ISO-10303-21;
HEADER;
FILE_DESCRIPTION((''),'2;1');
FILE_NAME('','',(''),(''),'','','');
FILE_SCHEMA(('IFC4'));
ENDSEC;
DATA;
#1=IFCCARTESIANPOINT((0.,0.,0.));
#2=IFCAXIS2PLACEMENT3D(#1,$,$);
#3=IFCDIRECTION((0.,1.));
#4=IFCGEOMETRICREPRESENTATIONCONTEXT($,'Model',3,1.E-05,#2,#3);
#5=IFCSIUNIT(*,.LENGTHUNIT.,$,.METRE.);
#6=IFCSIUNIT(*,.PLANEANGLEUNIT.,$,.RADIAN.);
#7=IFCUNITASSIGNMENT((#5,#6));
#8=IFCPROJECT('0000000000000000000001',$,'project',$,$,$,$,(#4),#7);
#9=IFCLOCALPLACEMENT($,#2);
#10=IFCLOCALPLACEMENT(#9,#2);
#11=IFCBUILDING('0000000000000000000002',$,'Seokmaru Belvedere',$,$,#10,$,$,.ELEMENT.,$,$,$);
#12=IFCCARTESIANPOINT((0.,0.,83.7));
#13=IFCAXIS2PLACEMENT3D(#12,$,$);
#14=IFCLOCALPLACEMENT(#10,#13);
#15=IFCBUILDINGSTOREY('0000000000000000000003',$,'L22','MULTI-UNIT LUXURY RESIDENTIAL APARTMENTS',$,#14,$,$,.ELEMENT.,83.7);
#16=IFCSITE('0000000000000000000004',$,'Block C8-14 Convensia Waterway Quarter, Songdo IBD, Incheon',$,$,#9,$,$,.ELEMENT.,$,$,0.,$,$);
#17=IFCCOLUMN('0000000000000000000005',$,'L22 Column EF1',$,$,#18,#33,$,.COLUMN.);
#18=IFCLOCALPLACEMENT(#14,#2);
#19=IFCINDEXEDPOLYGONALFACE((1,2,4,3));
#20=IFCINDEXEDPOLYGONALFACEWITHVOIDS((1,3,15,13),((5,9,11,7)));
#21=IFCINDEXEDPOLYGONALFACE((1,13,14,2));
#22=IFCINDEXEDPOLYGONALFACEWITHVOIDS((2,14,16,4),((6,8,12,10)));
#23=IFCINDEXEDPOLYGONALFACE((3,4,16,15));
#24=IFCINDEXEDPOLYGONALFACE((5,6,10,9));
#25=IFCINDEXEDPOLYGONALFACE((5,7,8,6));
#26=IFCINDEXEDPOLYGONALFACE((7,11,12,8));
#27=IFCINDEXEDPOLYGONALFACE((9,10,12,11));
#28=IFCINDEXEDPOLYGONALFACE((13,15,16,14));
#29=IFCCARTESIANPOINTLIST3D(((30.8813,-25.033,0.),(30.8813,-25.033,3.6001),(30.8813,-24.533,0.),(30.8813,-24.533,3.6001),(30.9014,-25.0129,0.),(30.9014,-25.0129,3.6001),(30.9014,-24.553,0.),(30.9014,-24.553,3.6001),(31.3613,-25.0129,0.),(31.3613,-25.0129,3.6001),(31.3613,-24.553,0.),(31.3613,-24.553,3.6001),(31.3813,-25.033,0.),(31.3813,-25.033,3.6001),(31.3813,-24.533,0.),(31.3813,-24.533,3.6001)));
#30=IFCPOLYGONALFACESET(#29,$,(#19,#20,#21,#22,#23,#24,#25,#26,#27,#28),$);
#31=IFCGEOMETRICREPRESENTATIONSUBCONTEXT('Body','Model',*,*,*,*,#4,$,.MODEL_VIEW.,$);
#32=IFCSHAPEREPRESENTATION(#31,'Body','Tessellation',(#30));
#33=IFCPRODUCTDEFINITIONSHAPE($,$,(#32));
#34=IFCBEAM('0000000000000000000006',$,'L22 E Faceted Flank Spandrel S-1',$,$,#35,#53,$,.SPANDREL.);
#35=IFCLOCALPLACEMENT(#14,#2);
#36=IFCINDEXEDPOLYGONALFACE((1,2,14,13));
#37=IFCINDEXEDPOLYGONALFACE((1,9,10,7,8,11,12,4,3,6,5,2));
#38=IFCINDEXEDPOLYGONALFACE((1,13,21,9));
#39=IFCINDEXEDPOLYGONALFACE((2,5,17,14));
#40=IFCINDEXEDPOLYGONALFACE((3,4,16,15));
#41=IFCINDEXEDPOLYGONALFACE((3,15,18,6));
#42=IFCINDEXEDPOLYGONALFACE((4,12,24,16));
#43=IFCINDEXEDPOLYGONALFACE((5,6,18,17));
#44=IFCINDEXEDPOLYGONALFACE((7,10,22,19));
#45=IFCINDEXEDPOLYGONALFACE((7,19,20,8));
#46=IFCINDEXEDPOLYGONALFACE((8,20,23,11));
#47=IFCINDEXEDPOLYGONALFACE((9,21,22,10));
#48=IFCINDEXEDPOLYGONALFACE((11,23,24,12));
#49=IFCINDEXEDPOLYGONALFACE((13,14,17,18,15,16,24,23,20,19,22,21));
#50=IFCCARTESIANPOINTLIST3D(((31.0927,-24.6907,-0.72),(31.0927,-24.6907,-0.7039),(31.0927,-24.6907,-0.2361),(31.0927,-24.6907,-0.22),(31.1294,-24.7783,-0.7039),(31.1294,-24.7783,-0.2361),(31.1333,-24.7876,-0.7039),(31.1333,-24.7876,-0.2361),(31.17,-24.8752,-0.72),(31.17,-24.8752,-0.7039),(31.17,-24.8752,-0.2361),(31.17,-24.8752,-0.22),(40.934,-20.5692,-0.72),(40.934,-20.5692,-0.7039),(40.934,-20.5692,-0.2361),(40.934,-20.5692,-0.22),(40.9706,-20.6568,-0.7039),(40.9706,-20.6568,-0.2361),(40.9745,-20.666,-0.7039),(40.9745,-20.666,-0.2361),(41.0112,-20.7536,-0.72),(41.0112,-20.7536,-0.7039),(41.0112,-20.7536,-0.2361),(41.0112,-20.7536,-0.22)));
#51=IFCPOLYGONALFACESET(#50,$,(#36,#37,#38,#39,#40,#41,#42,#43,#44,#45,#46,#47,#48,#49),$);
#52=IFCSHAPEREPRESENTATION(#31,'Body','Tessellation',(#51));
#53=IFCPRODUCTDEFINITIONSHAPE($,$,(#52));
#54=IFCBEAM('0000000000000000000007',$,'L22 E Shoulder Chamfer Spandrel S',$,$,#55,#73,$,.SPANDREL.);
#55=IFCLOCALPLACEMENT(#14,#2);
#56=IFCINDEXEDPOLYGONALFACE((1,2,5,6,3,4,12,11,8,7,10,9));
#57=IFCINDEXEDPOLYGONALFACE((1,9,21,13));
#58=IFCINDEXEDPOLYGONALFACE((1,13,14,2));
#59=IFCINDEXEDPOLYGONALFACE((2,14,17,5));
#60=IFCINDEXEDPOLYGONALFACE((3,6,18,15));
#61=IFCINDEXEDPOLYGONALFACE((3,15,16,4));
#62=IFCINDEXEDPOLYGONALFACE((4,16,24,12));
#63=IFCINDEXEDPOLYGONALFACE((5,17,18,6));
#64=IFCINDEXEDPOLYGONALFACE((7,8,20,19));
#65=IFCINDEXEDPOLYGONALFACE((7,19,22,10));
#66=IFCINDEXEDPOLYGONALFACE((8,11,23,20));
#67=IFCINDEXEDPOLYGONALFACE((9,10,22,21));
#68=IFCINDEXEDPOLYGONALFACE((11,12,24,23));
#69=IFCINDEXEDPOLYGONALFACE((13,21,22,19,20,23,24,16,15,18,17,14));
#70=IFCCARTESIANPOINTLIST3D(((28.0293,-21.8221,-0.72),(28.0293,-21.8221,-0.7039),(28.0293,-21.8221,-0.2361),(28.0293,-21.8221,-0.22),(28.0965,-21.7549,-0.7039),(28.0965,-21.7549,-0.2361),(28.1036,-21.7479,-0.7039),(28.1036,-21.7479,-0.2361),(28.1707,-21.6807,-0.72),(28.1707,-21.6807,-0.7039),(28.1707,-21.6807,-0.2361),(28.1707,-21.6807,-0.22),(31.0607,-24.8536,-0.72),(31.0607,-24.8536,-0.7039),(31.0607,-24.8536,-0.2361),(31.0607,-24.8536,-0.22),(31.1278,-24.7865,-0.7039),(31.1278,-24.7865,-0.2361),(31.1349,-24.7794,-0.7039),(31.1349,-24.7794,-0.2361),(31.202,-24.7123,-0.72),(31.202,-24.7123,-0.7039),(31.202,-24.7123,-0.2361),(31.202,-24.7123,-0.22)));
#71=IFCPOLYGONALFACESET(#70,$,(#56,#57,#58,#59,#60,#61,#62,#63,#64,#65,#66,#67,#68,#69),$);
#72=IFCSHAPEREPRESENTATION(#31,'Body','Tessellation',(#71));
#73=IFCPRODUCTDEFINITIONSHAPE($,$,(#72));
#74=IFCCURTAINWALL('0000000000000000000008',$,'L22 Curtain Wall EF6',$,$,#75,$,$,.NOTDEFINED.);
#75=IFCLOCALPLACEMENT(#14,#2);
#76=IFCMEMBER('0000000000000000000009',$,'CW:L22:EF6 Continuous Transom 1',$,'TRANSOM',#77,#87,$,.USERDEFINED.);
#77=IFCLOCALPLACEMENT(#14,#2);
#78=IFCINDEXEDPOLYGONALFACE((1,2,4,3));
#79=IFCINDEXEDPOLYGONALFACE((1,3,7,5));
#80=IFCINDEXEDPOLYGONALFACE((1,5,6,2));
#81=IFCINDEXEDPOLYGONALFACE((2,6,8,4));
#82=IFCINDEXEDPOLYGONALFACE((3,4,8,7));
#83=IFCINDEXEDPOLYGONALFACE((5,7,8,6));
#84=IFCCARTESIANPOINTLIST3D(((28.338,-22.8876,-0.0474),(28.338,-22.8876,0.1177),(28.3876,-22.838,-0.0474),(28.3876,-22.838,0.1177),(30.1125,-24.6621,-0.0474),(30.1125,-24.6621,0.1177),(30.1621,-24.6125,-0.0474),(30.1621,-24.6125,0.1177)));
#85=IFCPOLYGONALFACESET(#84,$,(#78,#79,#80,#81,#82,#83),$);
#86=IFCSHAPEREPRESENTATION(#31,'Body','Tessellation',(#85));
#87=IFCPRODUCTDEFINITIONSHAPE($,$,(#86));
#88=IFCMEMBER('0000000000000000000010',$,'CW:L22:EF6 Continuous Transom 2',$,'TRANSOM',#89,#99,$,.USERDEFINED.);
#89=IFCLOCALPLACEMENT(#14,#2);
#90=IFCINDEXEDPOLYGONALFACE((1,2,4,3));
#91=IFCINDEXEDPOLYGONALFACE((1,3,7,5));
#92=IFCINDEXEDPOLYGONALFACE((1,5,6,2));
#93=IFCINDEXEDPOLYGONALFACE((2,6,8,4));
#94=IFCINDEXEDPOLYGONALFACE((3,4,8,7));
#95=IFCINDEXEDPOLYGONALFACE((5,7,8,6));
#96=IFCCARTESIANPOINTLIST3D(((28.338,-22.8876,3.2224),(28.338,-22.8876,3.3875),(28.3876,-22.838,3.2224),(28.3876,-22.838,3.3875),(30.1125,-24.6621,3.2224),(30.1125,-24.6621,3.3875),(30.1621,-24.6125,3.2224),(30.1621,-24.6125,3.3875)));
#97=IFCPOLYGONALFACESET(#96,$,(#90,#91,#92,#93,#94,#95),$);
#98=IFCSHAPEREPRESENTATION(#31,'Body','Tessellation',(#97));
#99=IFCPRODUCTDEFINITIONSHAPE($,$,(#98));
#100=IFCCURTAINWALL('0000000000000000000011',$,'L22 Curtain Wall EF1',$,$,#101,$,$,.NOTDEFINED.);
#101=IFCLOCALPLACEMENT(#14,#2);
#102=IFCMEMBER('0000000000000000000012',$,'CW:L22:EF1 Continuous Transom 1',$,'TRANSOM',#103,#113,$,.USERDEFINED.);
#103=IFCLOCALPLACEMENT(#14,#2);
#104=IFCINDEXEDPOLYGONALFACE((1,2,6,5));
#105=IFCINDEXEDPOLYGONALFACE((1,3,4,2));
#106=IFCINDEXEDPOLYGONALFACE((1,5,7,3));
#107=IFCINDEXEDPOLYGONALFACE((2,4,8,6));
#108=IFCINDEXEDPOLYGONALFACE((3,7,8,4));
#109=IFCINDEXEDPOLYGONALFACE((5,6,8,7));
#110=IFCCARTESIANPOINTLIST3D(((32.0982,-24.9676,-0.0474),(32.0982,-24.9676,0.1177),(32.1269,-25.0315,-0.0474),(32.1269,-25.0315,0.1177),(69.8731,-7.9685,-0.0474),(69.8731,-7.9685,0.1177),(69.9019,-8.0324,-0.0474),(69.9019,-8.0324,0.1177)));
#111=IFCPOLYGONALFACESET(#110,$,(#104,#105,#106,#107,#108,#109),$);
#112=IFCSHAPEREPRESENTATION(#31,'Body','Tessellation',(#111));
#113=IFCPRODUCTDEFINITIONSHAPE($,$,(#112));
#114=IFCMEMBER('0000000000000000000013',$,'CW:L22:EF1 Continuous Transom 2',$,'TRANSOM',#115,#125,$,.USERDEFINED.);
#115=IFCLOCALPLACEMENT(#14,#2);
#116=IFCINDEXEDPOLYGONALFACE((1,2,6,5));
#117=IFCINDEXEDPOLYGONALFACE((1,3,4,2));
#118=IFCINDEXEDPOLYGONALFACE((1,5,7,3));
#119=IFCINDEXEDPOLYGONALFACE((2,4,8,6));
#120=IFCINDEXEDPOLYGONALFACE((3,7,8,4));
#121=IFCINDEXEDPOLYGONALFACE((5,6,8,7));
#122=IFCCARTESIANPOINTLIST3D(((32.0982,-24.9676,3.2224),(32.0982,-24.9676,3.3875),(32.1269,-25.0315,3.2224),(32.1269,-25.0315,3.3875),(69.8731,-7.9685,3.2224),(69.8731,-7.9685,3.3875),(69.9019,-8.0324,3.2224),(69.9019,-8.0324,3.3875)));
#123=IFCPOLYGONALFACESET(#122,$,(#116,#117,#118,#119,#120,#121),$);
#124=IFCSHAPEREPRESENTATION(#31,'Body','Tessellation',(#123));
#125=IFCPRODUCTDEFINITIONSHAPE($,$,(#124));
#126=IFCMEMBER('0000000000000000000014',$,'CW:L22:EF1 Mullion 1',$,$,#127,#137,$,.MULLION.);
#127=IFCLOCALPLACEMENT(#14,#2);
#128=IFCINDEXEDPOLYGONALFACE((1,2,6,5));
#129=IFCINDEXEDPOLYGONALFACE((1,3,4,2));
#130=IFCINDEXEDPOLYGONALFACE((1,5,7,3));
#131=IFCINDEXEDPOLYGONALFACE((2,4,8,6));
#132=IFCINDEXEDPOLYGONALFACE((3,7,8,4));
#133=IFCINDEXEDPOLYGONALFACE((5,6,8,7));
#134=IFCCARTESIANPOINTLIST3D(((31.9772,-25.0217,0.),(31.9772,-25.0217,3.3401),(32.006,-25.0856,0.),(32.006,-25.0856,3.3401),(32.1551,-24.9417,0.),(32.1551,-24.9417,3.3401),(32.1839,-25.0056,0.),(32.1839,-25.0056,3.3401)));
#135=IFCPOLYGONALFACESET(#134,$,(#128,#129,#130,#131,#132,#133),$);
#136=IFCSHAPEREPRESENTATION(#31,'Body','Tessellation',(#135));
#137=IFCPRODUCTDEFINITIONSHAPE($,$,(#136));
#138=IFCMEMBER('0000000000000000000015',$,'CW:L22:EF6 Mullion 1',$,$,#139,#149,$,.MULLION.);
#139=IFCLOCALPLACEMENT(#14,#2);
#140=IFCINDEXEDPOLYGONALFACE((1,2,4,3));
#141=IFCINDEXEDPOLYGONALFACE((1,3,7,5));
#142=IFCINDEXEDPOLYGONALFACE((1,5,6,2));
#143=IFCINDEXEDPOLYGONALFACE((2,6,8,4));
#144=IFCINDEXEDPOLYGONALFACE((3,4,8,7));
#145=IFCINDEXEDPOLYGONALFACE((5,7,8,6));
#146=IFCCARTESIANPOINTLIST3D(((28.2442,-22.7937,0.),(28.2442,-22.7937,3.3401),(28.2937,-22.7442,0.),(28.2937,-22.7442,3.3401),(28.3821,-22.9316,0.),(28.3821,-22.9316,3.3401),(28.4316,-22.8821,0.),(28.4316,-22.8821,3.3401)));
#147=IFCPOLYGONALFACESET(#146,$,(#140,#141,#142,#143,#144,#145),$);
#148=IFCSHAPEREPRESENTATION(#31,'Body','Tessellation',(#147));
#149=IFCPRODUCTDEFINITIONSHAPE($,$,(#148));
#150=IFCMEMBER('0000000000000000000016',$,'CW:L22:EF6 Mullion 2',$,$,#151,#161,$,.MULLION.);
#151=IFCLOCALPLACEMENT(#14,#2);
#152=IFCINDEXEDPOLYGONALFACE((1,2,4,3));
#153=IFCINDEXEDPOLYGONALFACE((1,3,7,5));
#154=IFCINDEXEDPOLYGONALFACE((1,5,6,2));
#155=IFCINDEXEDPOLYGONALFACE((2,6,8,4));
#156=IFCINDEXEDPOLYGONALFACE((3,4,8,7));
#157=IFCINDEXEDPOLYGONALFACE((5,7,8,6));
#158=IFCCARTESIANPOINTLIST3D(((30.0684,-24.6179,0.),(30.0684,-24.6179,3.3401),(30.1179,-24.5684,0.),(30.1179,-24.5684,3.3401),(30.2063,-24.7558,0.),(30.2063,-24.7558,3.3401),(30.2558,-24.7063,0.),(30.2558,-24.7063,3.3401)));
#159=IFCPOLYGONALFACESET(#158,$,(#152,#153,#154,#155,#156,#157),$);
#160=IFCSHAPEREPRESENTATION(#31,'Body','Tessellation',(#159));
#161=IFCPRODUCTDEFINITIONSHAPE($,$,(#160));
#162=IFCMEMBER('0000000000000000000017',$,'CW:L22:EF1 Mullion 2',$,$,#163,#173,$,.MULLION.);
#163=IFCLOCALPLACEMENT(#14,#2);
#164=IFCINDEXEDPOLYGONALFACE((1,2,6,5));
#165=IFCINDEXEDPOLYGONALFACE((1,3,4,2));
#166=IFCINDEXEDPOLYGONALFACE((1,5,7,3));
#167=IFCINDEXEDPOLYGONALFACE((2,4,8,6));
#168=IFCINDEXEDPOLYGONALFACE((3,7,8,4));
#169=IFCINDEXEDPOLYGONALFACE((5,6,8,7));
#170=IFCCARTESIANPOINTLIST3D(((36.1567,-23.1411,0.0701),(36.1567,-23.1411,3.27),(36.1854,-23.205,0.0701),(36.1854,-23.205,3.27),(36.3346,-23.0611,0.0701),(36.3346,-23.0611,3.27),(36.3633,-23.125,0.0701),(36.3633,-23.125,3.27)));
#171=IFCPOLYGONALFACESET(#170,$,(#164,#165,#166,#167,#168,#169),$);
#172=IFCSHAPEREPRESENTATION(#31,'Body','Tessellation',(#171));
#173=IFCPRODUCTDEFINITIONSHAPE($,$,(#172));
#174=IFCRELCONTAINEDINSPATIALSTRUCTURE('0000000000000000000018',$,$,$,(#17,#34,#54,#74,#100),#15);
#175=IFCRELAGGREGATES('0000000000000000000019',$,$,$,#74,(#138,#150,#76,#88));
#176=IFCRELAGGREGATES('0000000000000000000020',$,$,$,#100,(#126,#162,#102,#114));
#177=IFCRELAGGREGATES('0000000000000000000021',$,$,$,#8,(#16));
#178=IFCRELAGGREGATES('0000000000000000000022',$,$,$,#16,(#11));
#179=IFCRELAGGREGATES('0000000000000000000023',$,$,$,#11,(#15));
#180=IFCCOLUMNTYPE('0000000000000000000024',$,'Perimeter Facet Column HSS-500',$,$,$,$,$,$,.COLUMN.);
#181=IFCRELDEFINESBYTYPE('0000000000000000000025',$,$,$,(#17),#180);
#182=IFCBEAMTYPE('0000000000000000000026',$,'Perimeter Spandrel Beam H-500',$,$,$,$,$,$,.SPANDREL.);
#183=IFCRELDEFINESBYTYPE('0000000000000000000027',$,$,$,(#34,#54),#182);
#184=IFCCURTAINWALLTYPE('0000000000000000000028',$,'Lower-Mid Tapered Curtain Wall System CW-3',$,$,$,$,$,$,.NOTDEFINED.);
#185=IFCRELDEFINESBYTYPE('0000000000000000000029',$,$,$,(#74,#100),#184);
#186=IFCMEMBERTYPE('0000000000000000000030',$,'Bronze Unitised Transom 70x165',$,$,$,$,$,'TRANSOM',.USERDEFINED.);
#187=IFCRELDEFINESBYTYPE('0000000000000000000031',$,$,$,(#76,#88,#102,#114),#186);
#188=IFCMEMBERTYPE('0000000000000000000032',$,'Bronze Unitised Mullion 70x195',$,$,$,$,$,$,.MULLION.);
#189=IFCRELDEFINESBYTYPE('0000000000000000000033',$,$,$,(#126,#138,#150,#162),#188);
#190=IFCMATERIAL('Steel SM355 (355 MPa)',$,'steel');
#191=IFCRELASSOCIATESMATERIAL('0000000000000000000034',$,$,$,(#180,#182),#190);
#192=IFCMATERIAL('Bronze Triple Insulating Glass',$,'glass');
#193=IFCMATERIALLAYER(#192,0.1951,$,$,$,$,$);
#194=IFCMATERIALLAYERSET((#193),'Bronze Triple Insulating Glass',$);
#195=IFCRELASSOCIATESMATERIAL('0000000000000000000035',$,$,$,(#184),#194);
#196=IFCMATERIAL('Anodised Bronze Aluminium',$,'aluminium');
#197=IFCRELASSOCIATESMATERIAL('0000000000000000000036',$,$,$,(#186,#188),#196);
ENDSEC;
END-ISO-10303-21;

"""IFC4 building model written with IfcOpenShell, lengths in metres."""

from ifc_helpers import new_model, si_unit, direction, frame, origin, origin_2d, place, context, subcontext, project, spatial, rectangle, hollow_rectangle, i_section, extrude, source, transform, mapped, material, layer, layer_set, material_profile, profile_set, type_object, type_shapes, element, aggregate, save


model = new_model("IFC4")

# Units and contexts
model_context = context("Model", 3, precision=1e-05, world=origin(), true_north=direction((0.0, 1.0)))
body_context = subcontext(model_context, "Body", "Model", "MODEL_VIEW")
ifc_project = project(units=[si_unit("LENGTHUNIT", "METRE"), si_unit("PLANEANGLEUNIT", "RADIAN")], contexts=[model_context])

# Site, building, storey
site_placement = place(None, origin())
site = spatial("IfcSite", under=ifc_project, at=site_placement, Name="Block C8-14 Convensia Waterway Quarter, Songdo IBD, Incheon", CompositionType="ELEMENT", RefElevation=0.0)
building_placement = place(site_placement, origin())
building = spatial("IfcBuilding", under=site, at=building_placement, Name="Seokmaru Belvedere", CompositionType="ELEMENT")
storey_placement = place(building_placement, frame((0.0, 0.0, 83.7)))
storey = spatial("IfcBuildingStorey", under=building, at=storey_placement, Name="L22", Description="MULTI-UNIT LUXURY RESIDENTIAL APARTMENTS", CompositionType="ELEMENT", Elevation=83.7)

# Column
ifc_material_1 = material(Name="Steel SM355 (355 MPa)", Category="steel")
ifc_material_profile_1 = material_profile(ifc_material_1, hollow_rectangle(XDim=0.5, YDim=0.5, WallThickness=0.02, at=origin_2d()), Name="HSS-500x500x20")
ifc_profile_set_1 = profile_set([ifc_material_profile_1], Name="Steel SM355 (355 MPa)")
column_type = type_object("IfcColumnType", Name="Perimeter Facet Column HSS-500", PredefinedType="COLUMN", material=ifc_profile_set_1)
shared_shape_1 = source(origin(), body_context, "Body", "SweptSolid", [
    extrude(hollow_rectangle(XDim=0.5, YDim=0.5, WallThickness=0.02, at=origin_2d()), origin(), (0.0, 0.0, 1.0), 3.6001),
])
type_shapes(column_type, [shared_shape_1])
column_placement = place(storey_placement, frame((31.1313, -24.783, 0.0), z_axis=(0.0, 0.0, 1.0), x_axis=(1.0, 0.0, 0.0)))
element("IfcColumn", 1, at=column_placement, inside=storey, type_object=column_type, Name="L22 Column EF1", PredefinedType="COLUMN", context=body_context, shape_type="MappedRepresentation", body=[
    mapped(shared_shape_1, transform((0.0, 0.0, 0.0), scale=1.0)),
])

# Beams
ifc_material_profile_2 = material_profile(ifc_material_1, i_section(OverallWidth=0.2, OverallDepth=0.5, WebThickness=0.01, FlangeThickness=0.0161, at=origin_2d()), Name="H-500x200x10x16")
ifc_profile_set_2 = profile_set([ifc_material_profile_2], Name="Steel SM355 (355 MPa)")
beam_type = type_object("IfcBeamType", Name="Perimeter Spandrel Beam H-500", PredefinedType="SPANDREL", material=ifc_profile_set_2)
shared_shape_2 = source(origin(), body_context, "Body", "SweptSolid", [
    extrude(i_section(OverallWidth=0.2, OverallDepth=0.5, WebThickness=0.01, FlangeThickness=0.0161, at=origin_2d()), origin(), (0.0, 0.0, 1.0), 10.6694),
])
beam_1_placement = place(storey_placement, frame((31.1313, -24.783, -0.47), z_axis=(0.922375, 0.386295, 0.0), x_axis=(-0.386295, 0.922375, 0.0)))
element("IfcBeam", 2, at=beam_1_placement, inside=storey, type_object=beam_type, Name="L22 E Faceted Flank Spandrel S-1", PredefinedType="SPANDREL", context=body_context, shape_type="MappedRepresentation", body=[
    mapped(shared_shape_2, transform((0.0, 0.0, 0.0), scale=1.0)),
])
shared_shape_3 = source(origin(), body_context, "Body", "SweptSolid", [
    extrude(i_section(OverallWidth=0.2, OverallDepth=0.5, WebThickness=0.01, FlangeThickness=0.0161, at=origin_2d()), origin(), (0.0, 0.0, 1.0), 4.2871),
])
type_shapes(beam_type, [shared_shape_2, shared_shape_3])
beam_2_placement = place(storey_placement, frame((31.1313, -24.783, -0.47), z_axis=(-0.707078, 0.707135, 0.0), x_axis=(-0.707135, -0.707078, 0.0)))
element("IfcBeam", 3, at=beam_2_placement, inside=storey, type_object=beam_type, Name="L22 E Shoulder Chamfer Spandrel S", PredefinedType="SPANDREL", context=body_context, shape_type="MappedRepresentation", body=[
    mapped(shared_shape_3, transform((0.0, 0.0, 0.0), scale=1.0)),
])

# Curtain walls, members
ifc_material_2 = material(Name="Bronze Triple Insulating Glass", Category="glass")
ifc_layer_1 = layer(ifc_material_2, 0.1951)
ifc_layer_set_1 = layer_set([ifc_layer_1], Name="Bronze Triple Insulating Glass")
curtain_wall_type = type_object("IfcCurtainWallType", Name="Lower-Mid Tapered Curtain Wall System CW-3", PredefinedType="NOTDEFINED", material=ifc_layer_set_1)
curtain_wall_1_placement = place(storey_placement, origin())
curtain_wall_1 = element("IfcCurtainWall", 4, at=curtain_wall_1_placement, inside=storey, type_object=curtain_wall_type, Name="L22 Curtain Wall EF6", PredefinedType="NOTDEFINED")
ifc_material_3 = material(Name="Anodised Bronze Aluminium", Category="aluminium")
ifc_material_profile_3 = material_profile(ifc_material_3, rectangle(XDim=0.0701, YDim=0.165, at=origin_2d()), Name="CW-T-70x165")
ifc_profile_set_3 = profile_set([ifc_material_profile_3], Name="Anodised Bronze Aluminium")
member_type_1 = type_object("IfcMemberType", Name="Bronze Unitised Transom 70x165", ElementType="TRANSOM", PredefinedType="USERDEFINED", material=ifc_profile_set_3)
shared_shape_4 = source(origin(), body_context, "Body", "SweptSolid", [
    extrude(rectangle(XDim=0.0701, YDim=0.165, at=origin_2d()), origin(), (0.0, 0.0, 1.0), 2.5095),
])
member_1_placement = place(storey_placement, frame((28.3628, -22.8628, 0.0352), z_axis=(0.707107, -0.707107, 0.0), x_axis=(0.707107, 0.707107, 0.0)))
member_1 = element("IfcMember", 5, at=member_1_placement, type_object=member_type_1, Name="CW:L22:EF6 Continuous Transom 1", ObjectType="TRANSOM", PredefinedType="USERDEFINED", context=body_context, shape_type="MappedRepresentation", body=[
    mapped(shared_shape_4, transform((0.0, 0.0, 0.0), scale=1.0)),
])
member_2_placement = place(storey_placement, frame((28.3628, -22.8628, 3.3049), z_axis=(0.707107, -0.707107, 0.0), x_axis=(0.707107, 0.707107, 0.0)))
member_2 = element("IfcMember", 6, at=member_2_placement, type_object=member_type_1, Name="CW:L22:EF6 Continuous Transom 2", ObjectType="TRANSOM", PredefinedType="USERDEFINED", context=body_context, shape_type="MappedRepresentation", body=[
    mapped(shared_shape_4, transform((0.0, 0.0, 0.0), scale=1.0)),
])
curtain_wall_2_placement = place(storey_placement, origin())
curtain_wall_2 = element("IfcCurtainWall", 7, at=curtain_wall_2_placement, inside=storey, type_object=curtain_wall_type, Name="L22 Curtain Wall EF1", PredefinedType="NOTDEFINED")
shared_shape_5 = source(origin(), body_context, "Body", "SweptSolid", [
    extrude(rectangle(XDim=0.0701, YDim=0.165, at=origin_2d()), origin(), (0.0, 0.0, 1.0), 41.4236),
])
type_shapes(member_type_1, [shared_shape_4, shared_shape_5])
member_3_placement = place(storey_placement, frame((32.1125, -24.9995, 0.0352), z_axis=(0.911919, 0.410371, 0.0), x_axis=(-0.410371, 0.911919, 0.0)))
member_3 = element("IfcMember", 8, at=member_3_placement, type_object=member_type_1, Name="CW:L22:EF1 Continuous Transom 1", ObjectType="TRANSOM", PredefinedType="USERDEFINED", context=body_context, shape_type="MappedRepresentation", body=[
    mapped(shared_shape_5, transform((0.0, 0.0, 0.0), scale=1.0)),
])
member_4_placement = place(storey_placement, frame((32.1125, -24.9995, 3.3049), z_axis=(0.911919, 0.410371, 0.0), x_axis=(-0.410371, 0.911919, 0.0)))
member_4 = element("IfcMember", 9, at=member_4_placement, type_object=member_type_1, Name="CW:L22:EF1 Continuous Transom 2", ObjectType="TRANSOM", PredefinedType="USERDEFINED", context=body_context, shape_type="MappedRepresentation", body=[
    mapped(shared_shape_5, transform((0.0, 0.0, 0.0), scale=1.0)),
])
ifc_material_profile_4 = material_profile(ifc_material_3, rectangle(XDim=0.0701, YDim=0.1951, at=origin_2d()), Name="CW-M-70x195")
ifc_profile_set_4 = profile_set([ifc_material_profile_4], Name="Anodised Bronze Aluminium")
member_type_2 = type_object("IfcMemberType", Name="Bronze Unitised Mullion 70x195", PredefinedType="MULLION", material=ifc_profile_set_4)
shared_shape_6 = source(origin(), body_context, "Body", "SweptSolid", [
    extrude(rectangle(XDim=0.0701, YDim=0.1951, at=origin_2d()), origin(), (0.0, 0.0, 1.0), 3.3401),
])
member_5_placement = place(storey_placement, frame((32.0806, -25.0137, 0.0), z_axis=(0.0, 0.0, 1.0), x_axis=(-0.410366, 0.911921, 0.0)))
member_5 = element("IfcMember", 10, at=member_5_placement, type_object=member_type_2, Name="CW:L22:EF1 Mullion 1", PredefinedType="MULLION", context=body_context, shape_type="MappedRepresentation", body=[
    mapped(shared_shape_6, transform((0.0, 0.0, 0.0), scale=1.0)),
])

# Members
member_6_placement = place(storey_placement, frame((28.3379, -22.8379, 0.0), z_axis=(0.0, 0.0, 1.0), x_axis=(0.707107, 0.707107, 0.0)))
member_6 = element("IfcMember", 11, at=member_6_placement, type_object=member_type_2, Name="CW:L22:EF6 Mullion 1", PredefinedType="MULLION", context=body_context, shape_type="MappedRepresentation", body=[
    mapped(shared_shape_6, transform((0.0, 0.0, 0.0), scale=1.0)),
])
member_7_placement = place(storey_placement, frame((30.1621, -24.6621, 0.0), z_axis=(0.0, 0.0, 1.0), x_axis=(0.707107, 0.707107, 0.0)))
member_7 = element("IfcMember", 12, at=member_7_placement, type_object=member_type_2, Name="CW:L22:EF6 Mullion 2", PredefinedType="MULLION", context=body_context, shape_type="MappedRepresentation", body=[
    mapped(shared_shape_6, transform((0.0, 0.0, 0.0), scale=1.0)),
])
shared_shape_7 = source(origin(), body_context, "Body", "SweptSolid", [
    extrude(rectangle(XDim=0.0701, YDim=0.1951, at=origin_2d()), origin(), (0.0, 0.0, 1.0), 3.2),
])
type_shapes(member_type_2, [shared_shape_6, shared_shape_7])
member_8_placement = place(storey_placement, frame((36.26, -23.1331, 0.0701), z_axis=(0.0, 0.0, 1.0), x_axis=(-0.410366, 0.911921, 0.0)))
member_8 = element("IfcMember", 13, at=member_8_placement, type_object=member_type_2, Name="CW:L22:EF1 Mullion 2", PredefinedType="MULLION", context=body_context, shape_type="MappedRepresentation", body=[
    mapped(shared_shape_7, transform((0.0, 0.0, 0.0), scale=1.0)),
])

aggregate(curtain_wall_1, [member_6, member_7, member_1, member_2])
aggregate(curtain_wall_2, [member_5, member_8, member_3, member_4])

save(model, "model.ifc")
